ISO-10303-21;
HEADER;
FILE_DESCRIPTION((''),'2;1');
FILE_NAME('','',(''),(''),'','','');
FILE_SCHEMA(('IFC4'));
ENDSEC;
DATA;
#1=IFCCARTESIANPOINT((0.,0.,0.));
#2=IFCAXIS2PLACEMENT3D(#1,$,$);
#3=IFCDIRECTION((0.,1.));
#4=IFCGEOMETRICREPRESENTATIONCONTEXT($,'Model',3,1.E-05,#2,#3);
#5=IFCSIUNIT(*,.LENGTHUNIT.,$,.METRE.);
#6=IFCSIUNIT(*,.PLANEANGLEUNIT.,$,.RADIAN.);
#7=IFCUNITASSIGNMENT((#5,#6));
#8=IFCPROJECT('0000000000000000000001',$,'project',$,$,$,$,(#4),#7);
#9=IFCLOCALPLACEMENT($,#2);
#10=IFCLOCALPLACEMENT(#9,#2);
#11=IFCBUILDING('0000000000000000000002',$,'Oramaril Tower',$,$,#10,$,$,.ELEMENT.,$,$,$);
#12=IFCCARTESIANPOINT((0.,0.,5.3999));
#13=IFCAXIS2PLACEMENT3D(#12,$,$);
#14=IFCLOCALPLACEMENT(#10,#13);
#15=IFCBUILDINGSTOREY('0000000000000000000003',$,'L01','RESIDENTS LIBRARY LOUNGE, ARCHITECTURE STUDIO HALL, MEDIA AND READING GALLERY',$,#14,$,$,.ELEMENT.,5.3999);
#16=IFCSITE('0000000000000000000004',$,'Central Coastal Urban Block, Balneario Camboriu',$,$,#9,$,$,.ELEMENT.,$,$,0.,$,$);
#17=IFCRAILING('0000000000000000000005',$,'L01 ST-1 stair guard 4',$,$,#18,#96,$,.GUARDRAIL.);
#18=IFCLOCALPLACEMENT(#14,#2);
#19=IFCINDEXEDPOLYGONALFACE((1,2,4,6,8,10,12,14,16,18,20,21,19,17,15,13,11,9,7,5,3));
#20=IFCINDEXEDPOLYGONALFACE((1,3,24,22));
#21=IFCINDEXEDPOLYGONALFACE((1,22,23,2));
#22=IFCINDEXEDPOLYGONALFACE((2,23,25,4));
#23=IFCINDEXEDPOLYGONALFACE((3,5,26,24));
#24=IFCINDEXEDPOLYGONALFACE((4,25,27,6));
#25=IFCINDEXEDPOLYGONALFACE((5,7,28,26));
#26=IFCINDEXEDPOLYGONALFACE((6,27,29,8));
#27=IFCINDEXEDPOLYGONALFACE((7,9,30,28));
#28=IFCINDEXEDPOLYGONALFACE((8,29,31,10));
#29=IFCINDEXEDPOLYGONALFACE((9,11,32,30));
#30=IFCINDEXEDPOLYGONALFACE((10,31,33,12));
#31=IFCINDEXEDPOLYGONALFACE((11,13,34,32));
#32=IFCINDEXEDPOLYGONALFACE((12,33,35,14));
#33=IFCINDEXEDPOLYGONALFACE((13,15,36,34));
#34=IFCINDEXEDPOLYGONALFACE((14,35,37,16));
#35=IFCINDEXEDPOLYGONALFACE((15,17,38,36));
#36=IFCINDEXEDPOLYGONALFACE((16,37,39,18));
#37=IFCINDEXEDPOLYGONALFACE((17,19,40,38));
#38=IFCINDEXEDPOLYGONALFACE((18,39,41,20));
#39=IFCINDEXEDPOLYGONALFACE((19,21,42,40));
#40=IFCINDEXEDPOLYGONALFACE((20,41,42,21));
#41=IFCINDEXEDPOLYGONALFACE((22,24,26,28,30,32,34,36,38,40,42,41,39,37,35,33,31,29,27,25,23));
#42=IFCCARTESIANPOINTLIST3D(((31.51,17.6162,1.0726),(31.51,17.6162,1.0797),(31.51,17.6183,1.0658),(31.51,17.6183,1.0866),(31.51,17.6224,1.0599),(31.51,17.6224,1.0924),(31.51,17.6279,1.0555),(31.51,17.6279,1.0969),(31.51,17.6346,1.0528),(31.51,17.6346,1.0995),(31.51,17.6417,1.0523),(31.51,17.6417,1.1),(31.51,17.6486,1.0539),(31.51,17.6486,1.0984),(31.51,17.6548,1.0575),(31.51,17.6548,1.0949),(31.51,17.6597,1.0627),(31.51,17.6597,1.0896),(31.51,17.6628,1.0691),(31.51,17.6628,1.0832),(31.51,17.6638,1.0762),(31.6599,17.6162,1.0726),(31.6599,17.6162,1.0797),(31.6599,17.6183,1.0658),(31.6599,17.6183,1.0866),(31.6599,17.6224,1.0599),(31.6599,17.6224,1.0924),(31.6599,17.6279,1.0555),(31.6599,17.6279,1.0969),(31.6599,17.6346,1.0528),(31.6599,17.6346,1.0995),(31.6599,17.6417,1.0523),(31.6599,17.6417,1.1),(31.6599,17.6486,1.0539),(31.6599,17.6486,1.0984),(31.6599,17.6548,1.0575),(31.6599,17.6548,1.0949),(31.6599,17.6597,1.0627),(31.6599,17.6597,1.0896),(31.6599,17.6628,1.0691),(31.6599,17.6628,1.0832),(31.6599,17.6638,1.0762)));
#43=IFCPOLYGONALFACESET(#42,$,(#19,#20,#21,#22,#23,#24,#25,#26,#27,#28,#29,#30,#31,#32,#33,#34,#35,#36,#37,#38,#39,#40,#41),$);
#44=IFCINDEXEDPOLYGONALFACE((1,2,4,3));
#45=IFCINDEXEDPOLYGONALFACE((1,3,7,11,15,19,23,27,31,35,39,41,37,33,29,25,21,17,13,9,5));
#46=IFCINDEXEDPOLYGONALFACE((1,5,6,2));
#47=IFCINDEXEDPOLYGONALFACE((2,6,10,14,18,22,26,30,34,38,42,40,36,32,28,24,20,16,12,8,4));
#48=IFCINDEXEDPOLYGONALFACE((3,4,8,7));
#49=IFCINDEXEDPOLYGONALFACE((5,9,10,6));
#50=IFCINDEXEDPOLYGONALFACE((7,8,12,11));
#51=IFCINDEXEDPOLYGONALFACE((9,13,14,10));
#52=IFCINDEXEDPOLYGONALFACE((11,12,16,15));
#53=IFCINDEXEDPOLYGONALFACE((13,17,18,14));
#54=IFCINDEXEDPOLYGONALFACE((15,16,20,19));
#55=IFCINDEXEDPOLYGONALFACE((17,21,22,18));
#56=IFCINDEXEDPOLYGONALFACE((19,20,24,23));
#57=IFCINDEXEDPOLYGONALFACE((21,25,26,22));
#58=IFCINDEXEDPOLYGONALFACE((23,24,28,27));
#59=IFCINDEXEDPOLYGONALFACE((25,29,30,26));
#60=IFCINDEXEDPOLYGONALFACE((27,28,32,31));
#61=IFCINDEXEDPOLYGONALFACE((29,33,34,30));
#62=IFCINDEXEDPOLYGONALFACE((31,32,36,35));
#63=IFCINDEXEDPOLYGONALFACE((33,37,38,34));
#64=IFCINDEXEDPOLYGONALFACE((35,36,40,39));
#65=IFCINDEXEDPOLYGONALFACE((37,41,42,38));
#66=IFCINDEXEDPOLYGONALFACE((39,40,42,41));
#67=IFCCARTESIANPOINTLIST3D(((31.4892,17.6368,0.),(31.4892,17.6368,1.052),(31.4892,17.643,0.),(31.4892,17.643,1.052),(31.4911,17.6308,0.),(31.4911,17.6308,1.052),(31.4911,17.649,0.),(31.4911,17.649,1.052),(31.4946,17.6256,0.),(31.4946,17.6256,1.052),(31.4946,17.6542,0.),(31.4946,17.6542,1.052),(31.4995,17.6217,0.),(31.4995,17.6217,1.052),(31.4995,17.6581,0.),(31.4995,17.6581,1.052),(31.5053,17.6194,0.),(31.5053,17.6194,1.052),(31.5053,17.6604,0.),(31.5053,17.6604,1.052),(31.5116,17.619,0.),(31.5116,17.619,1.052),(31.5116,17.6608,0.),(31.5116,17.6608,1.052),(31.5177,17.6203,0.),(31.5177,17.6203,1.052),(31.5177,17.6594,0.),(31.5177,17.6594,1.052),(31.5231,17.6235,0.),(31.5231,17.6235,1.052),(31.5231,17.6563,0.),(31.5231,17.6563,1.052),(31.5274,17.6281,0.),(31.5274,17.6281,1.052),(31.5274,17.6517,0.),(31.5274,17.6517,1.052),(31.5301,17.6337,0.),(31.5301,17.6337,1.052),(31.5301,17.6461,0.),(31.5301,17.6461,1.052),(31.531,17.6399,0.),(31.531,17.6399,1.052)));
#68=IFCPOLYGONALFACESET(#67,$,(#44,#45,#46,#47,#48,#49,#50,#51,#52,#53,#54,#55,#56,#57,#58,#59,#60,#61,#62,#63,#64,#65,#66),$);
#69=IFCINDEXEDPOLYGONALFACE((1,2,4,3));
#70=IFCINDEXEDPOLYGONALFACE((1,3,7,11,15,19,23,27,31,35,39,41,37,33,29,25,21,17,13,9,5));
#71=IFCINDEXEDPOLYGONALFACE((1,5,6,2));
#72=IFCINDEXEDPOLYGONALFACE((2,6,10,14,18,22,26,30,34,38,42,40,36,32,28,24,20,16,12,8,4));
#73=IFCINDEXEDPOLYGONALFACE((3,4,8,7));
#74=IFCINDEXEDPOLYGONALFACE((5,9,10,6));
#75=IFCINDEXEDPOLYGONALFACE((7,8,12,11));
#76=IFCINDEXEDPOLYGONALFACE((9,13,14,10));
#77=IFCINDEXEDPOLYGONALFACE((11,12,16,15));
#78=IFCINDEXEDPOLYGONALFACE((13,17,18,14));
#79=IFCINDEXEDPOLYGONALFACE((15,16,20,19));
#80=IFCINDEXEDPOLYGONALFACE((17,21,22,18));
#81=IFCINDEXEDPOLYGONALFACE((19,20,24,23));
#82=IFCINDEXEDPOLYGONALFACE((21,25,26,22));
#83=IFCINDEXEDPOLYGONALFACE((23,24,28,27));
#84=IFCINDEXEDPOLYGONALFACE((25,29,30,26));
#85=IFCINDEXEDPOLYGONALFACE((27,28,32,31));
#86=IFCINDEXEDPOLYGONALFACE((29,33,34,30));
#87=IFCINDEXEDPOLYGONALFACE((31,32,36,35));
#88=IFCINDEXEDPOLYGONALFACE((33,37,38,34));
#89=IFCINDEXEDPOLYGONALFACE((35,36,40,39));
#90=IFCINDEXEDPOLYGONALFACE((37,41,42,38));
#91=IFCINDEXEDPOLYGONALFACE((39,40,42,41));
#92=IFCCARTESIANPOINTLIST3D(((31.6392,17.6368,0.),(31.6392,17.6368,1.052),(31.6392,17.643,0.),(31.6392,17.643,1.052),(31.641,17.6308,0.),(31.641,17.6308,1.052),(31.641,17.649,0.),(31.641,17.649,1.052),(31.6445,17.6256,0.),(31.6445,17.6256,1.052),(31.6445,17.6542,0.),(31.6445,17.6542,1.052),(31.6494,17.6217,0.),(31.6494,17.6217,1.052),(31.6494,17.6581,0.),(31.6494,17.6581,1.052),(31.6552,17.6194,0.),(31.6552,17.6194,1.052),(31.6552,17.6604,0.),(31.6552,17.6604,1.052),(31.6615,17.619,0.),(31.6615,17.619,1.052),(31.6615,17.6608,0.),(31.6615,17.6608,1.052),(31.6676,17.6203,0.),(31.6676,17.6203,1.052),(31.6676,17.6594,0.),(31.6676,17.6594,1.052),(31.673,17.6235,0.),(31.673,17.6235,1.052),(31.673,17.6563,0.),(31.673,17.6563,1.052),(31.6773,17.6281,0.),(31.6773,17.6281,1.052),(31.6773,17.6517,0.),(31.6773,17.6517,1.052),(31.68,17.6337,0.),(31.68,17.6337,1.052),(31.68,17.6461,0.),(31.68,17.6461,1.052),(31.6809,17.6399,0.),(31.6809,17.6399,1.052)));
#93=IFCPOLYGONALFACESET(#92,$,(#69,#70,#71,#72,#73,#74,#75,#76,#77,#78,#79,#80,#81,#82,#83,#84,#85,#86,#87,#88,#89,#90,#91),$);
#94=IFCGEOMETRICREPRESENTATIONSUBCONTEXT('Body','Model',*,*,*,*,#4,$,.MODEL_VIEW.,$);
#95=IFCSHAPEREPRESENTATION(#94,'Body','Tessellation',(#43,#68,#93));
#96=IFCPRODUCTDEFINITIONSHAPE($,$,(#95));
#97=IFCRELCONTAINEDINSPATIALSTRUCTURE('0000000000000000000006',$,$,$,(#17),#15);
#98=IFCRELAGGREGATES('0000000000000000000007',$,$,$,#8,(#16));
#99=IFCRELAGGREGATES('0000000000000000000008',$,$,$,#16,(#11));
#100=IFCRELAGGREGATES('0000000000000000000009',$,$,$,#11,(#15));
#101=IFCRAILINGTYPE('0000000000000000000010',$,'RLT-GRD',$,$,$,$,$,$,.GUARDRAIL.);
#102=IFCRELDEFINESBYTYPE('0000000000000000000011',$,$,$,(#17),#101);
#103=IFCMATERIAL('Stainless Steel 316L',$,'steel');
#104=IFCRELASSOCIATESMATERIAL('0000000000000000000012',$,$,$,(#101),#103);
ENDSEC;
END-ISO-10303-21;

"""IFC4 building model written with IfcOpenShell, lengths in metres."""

from ifc_helpers import new_model, si_unit, direction, frame, origin, origin_2d, place, context, subcontext, project, spatial, circle, extrude, material, type_object, element, save


model = new_model("IFC4")

# Units and contexts
model_context = context("Model", 3, precision=1e-05, world=origin(), true_north=direction((0.0, 1.0)))
body_context = subcontext(model_context, "Body", "Model", "MODEL_VIEW")
ifc_project = project(units=[si_unit("LENGTHUNIT", "METRE"), si_unit("PLANEANGLEUNIT", "RADIAN")], contexts=[model_context])

# Site, building, storey
site_placement = place(None, origin())
site = spatial("IfcSite", under=ifc_project, at=site_placement, Name="Central Coastal Urban Block, Balneario Camboriu", CompositionType="ELEMENT", RefElevation=0.0)
building_placement = place(site_placement, origin())
building = spatial("IfcBuilding", under=site, at=building_placement, Name="Oramaril Tower", CompositionType="ELEMENT")
storey_placement = place(building_placement, frame((0.0, 0.0, 5.3999)))
storey = spatial("IfcBuildingStorey", under=building, at=storey_placement, Name="L01", Description="RESIDENTS LIBRARY LOUNGE, ARCHITECTURE STUDIO HALL, MEDIA AND READING GALLERY", CompositionType="ELEMENT", Elevation=5.3999)

# Railing
ifc_material_1 = material(Name="Stainless Steel 316L", Category="steel")
railing_type_1 = type_object("IfcRailingType", Name="RLT-GRD", PredefinedType="GUARDRAIL", material=ifc_material_1)
railing_1_placement = place(storey_placement, frame((31.51, 17.6399, 0.0)))
element("IfcRailing", 1, at=railing_1_placement, inside=storey, type_object=railing_type_1, Name="L01 ST-1 stair guard 4", PredefinedType="GUARDRAIL", context=body_context, shape_type="SweptSolid", body=[
    extrude(circle(Radius=0.0239, at=origin_2d()), frame((0.0, 0.0, 1.0762), z_axis=(1.0, 0.0, 0.0), x_axis=(0.0, 1.0, 0.0)), (0.0, 0.0, 1.0), 0.1499),
    extrude(circle(Radius=0.021, at=origin_2d()), origin(), (0.0, 0.0, 1.0), 1.052),
    extrude(circle(Radius=0.021, at=origin_2d()), frame((0.1499, 0.0, 0.0)), (0.0, 0.0, 1.0), 1.052),
])

save(model, "model.ifc")
